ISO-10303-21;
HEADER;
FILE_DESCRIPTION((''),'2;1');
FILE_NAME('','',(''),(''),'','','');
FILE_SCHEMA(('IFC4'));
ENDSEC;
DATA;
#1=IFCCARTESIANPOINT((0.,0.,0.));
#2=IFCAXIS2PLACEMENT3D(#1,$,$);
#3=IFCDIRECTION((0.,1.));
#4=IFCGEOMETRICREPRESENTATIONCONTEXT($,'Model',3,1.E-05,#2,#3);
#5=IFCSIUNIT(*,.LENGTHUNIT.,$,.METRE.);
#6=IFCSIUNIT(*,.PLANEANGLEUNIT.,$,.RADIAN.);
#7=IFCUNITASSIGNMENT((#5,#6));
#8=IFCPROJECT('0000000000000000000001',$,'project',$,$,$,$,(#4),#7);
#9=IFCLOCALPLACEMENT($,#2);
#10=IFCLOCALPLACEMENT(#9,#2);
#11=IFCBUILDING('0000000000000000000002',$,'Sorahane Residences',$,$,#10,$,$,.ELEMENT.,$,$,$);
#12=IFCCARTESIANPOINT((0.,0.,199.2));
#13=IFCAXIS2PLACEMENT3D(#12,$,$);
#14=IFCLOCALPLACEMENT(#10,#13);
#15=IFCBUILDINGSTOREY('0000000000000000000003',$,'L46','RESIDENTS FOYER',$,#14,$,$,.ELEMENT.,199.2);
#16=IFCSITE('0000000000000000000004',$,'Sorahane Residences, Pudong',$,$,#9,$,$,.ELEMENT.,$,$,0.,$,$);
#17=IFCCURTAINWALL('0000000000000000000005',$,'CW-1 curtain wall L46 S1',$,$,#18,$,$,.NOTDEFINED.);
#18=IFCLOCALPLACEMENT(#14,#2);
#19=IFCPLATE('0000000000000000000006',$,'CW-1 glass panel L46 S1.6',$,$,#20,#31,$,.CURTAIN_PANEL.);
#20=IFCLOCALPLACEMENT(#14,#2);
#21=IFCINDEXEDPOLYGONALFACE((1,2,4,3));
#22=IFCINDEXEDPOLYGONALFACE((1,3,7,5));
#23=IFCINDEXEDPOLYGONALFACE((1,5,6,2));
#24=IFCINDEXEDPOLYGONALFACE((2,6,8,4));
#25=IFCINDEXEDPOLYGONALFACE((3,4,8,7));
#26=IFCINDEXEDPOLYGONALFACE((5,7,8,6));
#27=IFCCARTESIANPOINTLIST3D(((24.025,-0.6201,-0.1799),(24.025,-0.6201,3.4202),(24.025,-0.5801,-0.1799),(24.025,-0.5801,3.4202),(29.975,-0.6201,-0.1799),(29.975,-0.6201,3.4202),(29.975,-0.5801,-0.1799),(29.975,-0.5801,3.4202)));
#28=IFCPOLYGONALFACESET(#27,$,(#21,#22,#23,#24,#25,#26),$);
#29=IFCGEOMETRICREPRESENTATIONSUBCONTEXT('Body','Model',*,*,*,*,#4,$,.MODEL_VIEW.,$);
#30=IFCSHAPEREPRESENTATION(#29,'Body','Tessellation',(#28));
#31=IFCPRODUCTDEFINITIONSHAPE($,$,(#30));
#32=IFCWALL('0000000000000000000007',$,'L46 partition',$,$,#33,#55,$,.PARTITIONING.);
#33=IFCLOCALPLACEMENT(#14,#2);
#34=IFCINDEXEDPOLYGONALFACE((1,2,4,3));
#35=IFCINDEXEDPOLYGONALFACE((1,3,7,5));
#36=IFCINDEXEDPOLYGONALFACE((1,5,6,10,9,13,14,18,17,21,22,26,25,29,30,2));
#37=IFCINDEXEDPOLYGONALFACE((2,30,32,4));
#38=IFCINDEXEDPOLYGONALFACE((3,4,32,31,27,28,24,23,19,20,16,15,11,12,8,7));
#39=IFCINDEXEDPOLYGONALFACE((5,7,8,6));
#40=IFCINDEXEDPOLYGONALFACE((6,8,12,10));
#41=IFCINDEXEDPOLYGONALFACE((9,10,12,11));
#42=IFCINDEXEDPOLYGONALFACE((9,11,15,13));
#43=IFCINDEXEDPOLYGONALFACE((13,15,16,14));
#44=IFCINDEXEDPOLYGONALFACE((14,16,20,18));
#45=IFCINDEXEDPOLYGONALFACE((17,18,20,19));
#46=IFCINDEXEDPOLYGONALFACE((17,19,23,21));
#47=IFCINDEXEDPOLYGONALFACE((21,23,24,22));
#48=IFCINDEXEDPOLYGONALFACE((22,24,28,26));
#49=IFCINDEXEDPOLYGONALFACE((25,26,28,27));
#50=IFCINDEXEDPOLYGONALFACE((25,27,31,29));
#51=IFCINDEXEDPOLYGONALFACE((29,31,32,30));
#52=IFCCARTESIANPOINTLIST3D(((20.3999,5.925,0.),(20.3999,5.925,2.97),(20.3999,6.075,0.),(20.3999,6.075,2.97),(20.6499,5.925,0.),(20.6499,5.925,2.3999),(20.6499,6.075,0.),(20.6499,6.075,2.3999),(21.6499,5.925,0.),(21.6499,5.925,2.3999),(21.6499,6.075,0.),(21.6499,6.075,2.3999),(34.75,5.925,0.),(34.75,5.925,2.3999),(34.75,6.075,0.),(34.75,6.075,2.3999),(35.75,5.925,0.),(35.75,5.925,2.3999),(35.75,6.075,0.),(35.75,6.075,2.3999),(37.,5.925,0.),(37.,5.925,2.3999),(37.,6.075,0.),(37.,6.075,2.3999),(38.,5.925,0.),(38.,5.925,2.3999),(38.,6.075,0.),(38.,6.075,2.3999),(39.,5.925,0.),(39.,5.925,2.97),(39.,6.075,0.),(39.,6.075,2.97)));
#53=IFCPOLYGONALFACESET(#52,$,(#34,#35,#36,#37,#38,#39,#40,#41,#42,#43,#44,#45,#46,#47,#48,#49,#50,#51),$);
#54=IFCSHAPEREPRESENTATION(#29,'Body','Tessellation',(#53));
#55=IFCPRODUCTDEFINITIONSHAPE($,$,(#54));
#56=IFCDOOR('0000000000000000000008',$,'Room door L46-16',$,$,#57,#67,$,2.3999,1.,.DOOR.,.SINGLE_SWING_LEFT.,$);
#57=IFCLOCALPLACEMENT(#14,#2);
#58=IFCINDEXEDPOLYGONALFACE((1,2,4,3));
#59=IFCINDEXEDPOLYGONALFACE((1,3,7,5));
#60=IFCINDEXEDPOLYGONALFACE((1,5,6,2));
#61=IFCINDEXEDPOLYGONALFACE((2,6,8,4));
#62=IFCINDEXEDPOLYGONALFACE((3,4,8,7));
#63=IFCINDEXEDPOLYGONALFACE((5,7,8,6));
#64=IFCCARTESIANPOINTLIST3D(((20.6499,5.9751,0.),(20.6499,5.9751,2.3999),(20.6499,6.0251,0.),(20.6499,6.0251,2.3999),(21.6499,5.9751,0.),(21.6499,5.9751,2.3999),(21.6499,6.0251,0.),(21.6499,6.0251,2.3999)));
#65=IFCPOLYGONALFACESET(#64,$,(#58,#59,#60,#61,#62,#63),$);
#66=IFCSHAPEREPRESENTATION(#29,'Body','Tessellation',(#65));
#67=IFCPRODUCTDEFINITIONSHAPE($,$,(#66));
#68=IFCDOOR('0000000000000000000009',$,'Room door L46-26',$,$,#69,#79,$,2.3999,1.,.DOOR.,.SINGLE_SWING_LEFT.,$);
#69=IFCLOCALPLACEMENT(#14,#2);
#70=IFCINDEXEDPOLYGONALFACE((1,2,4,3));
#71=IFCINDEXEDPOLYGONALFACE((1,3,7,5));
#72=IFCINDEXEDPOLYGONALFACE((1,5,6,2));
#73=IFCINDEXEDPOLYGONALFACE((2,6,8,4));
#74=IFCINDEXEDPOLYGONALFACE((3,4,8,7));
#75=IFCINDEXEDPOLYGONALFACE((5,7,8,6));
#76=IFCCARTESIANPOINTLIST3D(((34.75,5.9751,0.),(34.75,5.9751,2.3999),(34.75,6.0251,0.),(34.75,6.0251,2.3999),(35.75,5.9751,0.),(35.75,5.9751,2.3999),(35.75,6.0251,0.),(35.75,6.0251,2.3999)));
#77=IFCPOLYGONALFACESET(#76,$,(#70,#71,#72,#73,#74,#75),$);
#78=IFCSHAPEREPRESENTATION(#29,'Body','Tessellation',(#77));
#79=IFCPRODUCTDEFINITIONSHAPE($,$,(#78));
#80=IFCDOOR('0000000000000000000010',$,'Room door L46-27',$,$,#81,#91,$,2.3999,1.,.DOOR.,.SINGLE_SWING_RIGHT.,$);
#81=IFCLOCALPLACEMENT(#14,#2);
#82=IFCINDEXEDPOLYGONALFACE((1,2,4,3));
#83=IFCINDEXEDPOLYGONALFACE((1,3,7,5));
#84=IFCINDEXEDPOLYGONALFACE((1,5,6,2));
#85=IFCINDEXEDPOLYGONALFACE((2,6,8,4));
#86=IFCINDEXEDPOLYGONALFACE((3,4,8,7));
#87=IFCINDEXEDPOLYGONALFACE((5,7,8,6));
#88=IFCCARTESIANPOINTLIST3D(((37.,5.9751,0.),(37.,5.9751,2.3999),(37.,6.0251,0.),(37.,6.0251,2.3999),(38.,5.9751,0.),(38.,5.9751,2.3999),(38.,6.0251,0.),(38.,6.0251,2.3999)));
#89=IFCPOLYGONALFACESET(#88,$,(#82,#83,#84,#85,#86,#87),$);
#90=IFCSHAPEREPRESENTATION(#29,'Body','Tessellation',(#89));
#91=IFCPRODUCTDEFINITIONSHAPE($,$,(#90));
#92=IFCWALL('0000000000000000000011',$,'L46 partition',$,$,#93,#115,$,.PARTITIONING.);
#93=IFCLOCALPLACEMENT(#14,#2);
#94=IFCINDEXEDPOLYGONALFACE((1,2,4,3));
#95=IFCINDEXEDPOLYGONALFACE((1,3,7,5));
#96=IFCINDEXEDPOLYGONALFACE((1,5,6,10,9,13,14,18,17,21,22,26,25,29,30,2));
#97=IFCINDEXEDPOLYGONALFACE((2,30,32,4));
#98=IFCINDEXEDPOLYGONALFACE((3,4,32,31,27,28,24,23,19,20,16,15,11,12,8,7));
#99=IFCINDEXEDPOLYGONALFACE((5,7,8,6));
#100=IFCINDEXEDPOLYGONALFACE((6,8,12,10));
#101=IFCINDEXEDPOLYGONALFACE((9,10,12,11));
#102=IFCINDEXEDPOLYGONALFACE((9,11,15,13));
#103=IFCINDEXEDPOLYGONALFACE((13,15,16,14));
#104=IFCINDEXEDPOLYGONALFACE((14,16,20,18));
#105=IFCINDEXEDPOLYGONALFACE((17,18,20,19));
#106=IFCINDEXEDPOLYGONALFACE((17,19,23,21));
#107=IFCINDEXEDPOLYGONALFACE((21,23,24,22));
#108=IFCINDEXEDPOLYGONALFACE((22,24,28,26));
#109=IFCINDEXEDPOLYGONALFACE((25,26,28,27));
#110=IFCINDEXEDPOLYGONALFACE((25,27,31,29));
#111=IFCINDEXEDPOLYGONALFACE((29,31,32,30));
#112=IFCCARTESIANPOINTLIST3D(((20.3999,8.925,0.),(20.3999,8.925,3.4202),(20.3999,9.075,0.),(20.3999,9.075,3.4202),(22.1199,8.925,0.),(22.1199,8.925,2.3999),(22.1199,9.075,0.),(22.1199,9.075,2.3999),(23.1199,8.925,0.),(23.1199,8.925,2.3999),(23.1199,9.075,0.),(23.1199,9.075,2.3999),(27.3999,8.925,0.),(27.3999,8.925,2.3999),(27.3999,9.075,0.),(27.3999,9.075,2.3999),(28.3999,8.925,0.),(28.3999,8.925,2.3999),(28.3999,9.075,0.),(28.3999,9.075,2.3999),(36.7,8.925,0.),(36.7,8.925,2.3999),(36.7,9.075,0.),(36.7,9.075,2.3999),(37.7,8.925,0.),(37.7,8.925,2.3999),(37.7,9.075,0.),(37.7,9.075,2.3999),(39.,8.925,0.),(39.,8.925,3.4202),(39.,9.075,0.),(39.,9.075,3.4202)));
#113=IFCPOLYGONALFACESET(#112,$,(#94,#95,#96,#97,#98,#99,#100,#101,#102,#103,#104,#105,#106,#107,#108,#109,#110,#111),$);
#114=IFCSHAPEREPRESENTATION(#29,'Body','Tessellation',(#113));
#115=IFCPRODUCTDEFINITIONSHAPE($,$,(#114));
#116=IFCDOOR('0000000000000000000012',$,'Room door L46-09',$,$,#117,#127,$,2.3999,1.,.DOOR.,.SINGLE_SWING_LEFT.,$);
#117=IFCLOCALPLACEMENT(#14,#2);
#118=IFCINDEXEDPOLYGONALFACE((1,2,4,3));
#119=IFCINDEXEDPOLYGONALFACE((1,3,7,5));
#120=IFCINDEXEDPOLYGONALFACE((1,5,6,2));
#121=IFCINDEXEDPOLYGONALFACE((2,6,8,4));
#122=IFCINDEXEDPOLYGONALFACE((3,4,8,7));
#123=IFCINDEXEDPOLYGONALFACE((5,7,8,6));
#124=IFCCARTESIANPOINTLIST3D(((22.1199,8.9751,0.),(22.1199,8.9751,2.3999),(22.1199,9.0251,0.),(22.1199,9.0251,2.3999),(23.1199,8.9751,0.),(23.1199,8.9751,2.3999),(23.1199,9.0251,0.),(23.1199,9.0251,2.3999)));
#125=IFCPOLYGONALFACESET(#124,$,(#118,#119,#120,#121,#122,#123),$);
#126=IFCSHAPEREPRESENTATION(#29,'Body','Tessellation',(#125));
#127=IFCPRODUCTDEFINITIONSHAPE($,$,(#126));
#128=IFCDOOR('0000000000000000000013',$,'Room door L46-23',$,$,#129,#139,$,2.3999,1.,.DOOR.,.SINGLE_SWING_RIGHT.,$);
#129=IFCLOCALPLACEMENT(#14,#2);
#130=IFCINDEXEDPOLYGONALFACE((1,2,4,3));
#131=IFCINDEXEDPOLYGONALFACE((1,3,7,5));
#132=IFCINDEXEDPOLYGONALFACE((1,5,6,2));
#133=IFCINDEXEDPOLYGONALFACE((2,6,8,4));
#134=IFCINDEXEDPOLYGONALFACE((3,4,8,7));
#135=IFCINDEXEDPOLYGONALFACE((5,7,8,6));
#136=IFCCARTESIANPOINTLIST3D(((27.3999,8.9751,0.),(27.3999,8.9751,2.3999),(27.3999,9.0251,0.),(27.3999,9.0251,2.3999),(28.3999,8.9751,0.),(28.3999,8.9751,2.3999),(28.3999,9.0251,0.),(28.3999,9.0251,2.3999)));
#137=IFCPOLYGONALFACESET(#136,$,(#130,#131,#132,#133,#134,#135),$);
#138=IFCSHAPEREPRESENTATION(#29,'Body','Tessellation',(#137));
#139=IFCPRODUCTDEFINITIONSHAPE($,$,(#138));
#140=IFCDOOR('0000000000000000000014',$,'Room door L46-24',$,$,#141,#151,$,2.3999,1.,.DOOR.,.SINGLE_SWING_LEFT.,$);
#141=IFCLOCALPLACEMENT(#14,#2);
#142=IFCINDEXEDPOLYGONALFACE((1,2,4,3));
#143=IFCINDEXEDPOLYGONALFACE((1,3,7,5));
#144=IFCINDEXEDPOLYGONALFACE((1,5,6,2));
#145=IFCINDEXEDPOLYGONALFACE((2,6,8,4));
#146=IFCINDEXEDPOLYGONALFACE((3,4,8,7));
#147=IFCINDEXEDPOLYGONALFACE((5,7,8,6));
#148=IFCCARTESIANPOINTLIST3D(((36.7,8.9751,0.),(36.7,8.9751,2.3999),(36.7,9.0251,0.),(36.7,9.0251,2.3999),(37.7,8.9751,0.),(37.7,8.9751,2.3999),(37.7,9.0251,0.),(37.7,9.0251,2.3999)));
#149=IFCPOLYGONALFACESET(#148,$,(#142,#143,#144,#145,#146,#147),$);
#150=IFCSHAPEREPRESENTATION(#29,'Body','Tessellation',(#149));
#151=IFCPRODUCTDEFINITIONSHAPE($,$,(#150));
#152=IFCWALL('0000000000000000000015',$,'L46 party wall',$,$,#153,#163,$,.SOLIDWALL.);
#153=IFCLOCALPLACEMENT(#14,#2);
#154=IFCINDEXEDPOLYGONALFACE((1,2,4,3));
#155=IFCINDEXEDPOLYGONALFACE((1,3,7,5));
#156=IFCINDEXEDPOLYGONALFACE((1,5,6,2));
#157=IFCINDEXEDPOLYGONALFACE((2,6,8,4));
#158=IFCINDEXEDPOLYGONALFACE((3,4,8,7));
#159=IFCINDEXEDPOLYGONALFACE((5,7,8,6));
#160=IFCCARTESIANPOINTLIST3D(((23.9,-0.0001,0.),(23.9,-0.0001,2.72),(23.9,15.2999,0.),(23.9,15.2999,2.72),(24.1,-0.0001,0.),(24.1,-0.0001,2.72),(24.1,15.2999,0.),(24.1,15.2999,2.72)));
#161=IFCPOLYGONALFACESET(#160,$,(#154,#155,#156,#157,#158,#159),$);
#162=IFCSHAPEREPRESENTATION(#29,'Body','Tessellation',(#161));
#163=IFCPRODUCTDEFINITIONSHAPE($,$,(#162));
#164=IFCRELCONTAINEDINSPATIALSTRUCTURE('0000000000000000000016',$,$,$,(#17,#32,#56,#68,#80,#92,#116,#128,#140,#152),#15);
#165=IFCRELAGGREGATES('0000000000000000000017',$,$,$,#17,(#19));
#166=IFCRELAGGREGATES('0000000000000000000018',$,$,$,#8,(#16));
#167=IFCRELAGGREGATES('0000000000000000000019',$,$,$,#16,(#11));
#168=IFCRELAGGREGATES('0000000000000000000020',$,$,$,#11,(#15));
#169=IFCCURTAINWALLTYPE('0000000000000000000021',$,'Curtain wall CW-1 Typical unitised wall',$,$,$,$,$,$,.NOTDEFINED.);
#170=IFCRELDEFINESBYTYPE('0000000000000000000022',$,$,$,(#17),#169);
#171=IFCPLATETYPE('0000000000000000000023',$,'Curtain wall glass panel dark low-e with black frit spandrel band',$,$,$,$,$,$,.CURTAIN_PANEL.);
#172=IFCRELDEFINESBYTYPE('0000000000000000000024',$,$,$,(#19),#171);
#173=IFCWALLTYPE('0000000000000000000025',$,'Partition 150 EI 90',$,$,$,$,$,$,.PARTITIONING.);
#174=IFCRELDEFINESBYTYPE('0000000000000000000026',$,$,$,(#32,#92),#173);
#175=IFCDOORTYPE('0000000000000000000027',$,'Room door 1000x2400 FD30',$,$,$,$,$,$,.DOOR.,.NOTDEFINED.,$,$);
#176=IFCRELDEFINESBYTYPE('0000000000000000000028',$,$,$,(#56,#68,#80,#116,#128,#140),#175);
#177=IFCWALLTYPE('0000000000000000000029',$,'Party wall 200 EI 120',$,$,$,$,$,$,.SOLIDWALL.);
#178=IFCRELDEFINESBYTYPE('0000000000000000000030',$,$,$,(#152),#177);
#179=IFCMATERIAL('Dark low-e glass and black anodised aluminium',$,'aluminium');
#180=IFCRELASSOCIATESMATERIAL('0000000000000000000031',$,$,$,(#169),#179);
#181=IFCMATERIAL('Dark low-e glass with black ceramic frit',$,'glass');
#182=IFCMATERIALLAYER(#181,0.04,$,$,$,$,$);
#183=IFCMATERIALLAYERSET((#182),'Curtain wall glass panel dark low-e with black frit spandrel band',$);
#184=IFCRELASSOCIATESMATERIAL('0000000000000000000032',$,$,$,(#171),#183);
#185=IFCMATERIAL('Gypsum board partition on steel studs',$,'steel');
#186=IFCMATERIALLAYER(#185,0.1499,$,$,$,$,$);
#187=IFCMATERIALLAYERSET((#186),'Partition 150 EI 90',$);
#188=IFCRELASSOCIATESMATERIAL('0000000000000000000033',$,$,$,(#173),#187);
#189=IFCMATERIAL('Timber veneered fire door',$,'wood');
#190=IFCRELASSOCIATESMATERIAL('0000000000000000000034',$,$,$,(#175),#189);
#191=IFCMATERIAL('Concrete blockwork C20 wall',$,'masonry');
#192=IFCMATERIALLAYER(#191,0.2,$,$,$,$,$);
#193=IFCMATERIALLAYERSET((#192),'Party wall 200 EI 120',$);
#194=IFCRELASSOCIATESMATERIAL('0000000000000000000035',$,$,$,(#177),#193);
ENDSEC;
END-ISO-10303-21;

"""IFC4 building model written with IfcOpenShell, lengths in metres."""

from ifc_helpers import new_model, si_unit, direction, frame, frame_2d, origin, origin_2d, place, context, subcontext, project, spatial, rectangle, extrude, material, layer, layer_set, type_object, element, fill, aggregate, save


model = new_model("IFC4")

# Units and contexts
model_context = context("Model", 3, precision=1e-05, world=origin(), true_north=direction((0.0, 1.0)))
body_context = subcontext(model_context, "Body", "Model", "MODEL_VIEW")
ifc_project = project(units=[si_unit("LENGTHUNIT", "METRE"), si_unit("PLANEANGLEUNIT", "RADIAN")], contexts=[model_context])

# Site, building, storey
site_placement = place(None, origin())
site = spatial("IfcSite", under=ifc_project, at=site_placement, Name="Sorahane Residences, Pudong", CompositionType="ELEMENT", RefElevation=0.0)
building_placement = place(site_placement, origin())
building = spatial("IfcBuilding", under=site, at=building_placement, Name="Sorahane Residences", CompositionType="ELEMENT")
storey_placement = place(building_placement, frame((0.0, 0.0, 199.2)))
storey = spatial("IfcBuildingStorey", under=building, at=storey_placement, Name="L46", Description="RESIDENTS FOYER", CompositionType="ELEMENT", Elevation=199.2)

# Curtain wall
ifc_material_1 = material(Name="Dark low-e glass and black anodised aluminium", Category="aluminium")
curtain_wall_type = type_object("IfcCurtainWallType", Name="Curtain wall CW-1 Typical unitised wall", PredefinedType="NOTDEFINED", material=ifc_material_1)
curtain_wall_placement = place(storey_placement, origin())
curtain_wall = element("IfcCurtainWall", 1, at=curtain_wall_placement, inside=storey, type_object=curtain_wall_type, Name="CW-1 curtain wall L46 S1", PredefinedType="NOTDEFINED")

# Plate
ifc_material_2 = material(Name="Dark low-e glass with black ceramic frit", Category="glass")
ifc_layer_1 = layer(ifc_material_2, 0.04)
ifc_layer_set_1 = layer_set([ifc_layer_1], Name="Curtain wall glass panel dark low-e with black frit spandrel band")
plate_type = type_object("IfcPlateType", Name="Curtain wall glass panel dark low-e with black frit spandrel band", PredefinedType="CURTAIN_PANEL", material=ifc_layer_set_1)
plate_1_placement = place(storey_placement, frame((27.0, -0.6001, -0.1799), z_axis=(0.0, 0.0, 1.0), x_axis=(1.0, 0.0, 0.0)))
plate_1 = element("IfcPlate", 2, at=plate_1_placement, type_object=plate_type, Name="CW-1 glass panel L46 S1.6", PredefinedType="CURTAIN_PANEL", context=body_context, shape_type="SweptSolid", body=[
    extrude(rectangle(XDim=5.95, YDim=0.04, at=origin_2d()), origin(), (0.0, 0.0, 1.0), 3.6001),
])
aggregate(curtain_wall, [plate_1])

# Walls, openings, doors
ifc_material_3 = material(Name="Gypsum board partition on steel studs", Category="steel")
ifc_layer_2 = layer(ifc_material_3, 0.1499)
ifc_layer_set_2 = layer_set([ifc_layer_2], Name="Partition 150 EI 90")
wall_type_1 = type_object("IfcWallType", Name="Partition 150 EI 90", PredefinedType="PARTITIONING", material=ifc_layer_set_2)
wall_1_placement = place(storey_placement, frame((20.3999, 6.0, 0.0), z_axis=(0.0, 0.0, 1.0), x_axis=(1.0, 0.0, 0.0)))
wall_1 = element("IfcWall", 3, at=wall_1_placement, inside=storey, type_object=wall_type_1, Name="L46 partition", PredefinedType="PARTITIONING", context=body_context, shape_type="SweptSolid", body=[
    extrude(rectangle(XDim=18.6001, YDim=0.1499, at=frame_2d((9.3, 0.0))), origin(), (0.0, 0.0, 1.0), 2.97),
])
opening_1_placement = place(wall_1_placement, frame((0.25, 0.0, 0.0)))
opening_1 = element("IfcOpeningElement", 4, at=opening_1_placement, cuts=wall_1, PredefinedType="OPENING", context=body_context, shape_type="SweptSolid", body=[
    extrude(rectangle(XDim=1.0, YDim=2.3999, at=frame_2d((0.5, 1.2))), frame((0.0, 0.085, 0.0), z_axis=(0.0, -1.0, 0.0), x_axis=(1.0, 0.0, 0.0)), (0.0, 0.0, 1.0), 0.1699),
])
opening_2_placement = place(wall_1_placement, frame((14.3501, 0.0, 0.0)))
opening_2 = element("IfcOpeningElement", 5, at=opening_2_placement, cuts=wall_1, PredefinedType="OPENING", context=body_context, shape_type="SweptSolid", body=[
    extrude(rectangle(XDim=1.0, YDim=2.3999, at=frame_2d((0.5, 1.2))), frame((0.0, 0.085, 0.0), z_axis=(0.0, -1.0, 0.0), x_axis=(1.0, 0.0, 0.0)), (0.0, 0.0, 1.0), 0.1699),
])
opening_3_placement = place(wall_1_placement, frame((16.6001, 0.0, 0.0)))
opening_3 = element("IfcOpeningElement", 6, at=opening_3_placement, cuts=wall_1, PredefinedType="OPENING", context=body_context, shape_type="SweptSolid", body=[
    extrude(rectangle(XDim=1.0, YDim=2.3999, at=frame_2d((0.5, 1.2))), frame((0.0, 0.085, 0.0), z_axis=(0.0, -1.0, 0.0), x_axis=(1.0, 0.0, 0.0)), (0.0, 0.0, 1.0), 0.1699),
])
ifc_material_4 = material(Name="Timber veneered fire door", Category="wood")
door_type = type_object("IfcDoorType", Name="Room door 1000x2400 FD30", OperationType="NOTDEFINED", PredefinedType="DOOR", material=ifc_material_4)
door_1_placement = place(opening_1_placement, frame((1.0, 0.0, 0.0), z_axis=(0.0, 0.0, 1.0), x_axis=(-1.0, 0.0, 0.0)))
door_1 = element("IfcDoor", 7, at=door_1_placement, inside=storey, type_object=door_type, Name="Room door L46-16", OperationType="SINGLE_SWING_LEFT", OverallHeight=2.3999, OverallWidth=1.0, PredefinedType="DOOR", context=body_context, shape_type="SweptSolid", body=[
    extrude(rectangle(XDim=1.0, YDim=2.3999, at=frame_2d((0.5, 1.2))), frame((0.0, 0.0249, 0.0), z_axis=(0.0, -1.0, 0.0), x_axis=(1.0, 0.0, 0.0)), (0.0, 0.0, 1.0), 0.05),
])
fill(opening_1, door_1)
door_2_placement = place(opening_2_placement, frame((1.0, 0.0, 0.0), z_axis=(0.0, 0.0, 1.0), x_axis=(-1.0, 0.0, 0.0)))
door_2 = element("IfcDoor", 8, at=door_2_placement, inside=storey, type_object=door_type, Name="Room door L46-26", OperationType="SINGLE_SWING_LEFT", OverallHeight=2.3999, OverallWidth=1.0, PredefinedType="DOOR", context=body_context, shape_type="SweptSolid", body=[
    extrude(rectangle(XDim=1.0, YDim=2.3999, at=frame_2d((0.5, 1.2))), frame((0.0, 0.0249, 0.0), z_axis=(0.0, -1.0, 0.0), x_axis=(1.0, 0.0, 0.0)), (0.0, 0.0, 1.0), 0.05),
])
fill(opening_2, door_2)
door_3_placement = place(opening_3_placement, frame((1.0, 0.0, 0.0), z_axis=(0.0, 0.0, 1.0), x_axis=(-1.0, 0.0, 0.0)))
door_3 = element("IfcDoor", 9, at=door_3_placement, inside=storey, type_object=door_type, Name="Room door L46-27", OperationType="SINGLE_SWING_RIGHT", OverallHeight=2.3999, OverallWidth=1.0, PredefinedType="DOOR", context=body_context, shape_type="SweptSolid", body=[
    extrude(rectangle(XDim=1.0, YDim=2.3999, at=frame_2d((0.5, 1.2))), frame((0.0, 0.0249, 0.0), z_axis=(0.0, -1.0, 0.0), x_axis=(1.0, 0.0, 0.0)), (0.0, 0.0, 1.0), 0.05),
])
fill(opening_3, door_3)
wall_2_placement = place(storey_placement, frame((20.3999, 9.0, 0.0), z_axis=(0.0, 0.0, 1.0), x_axis=(1.0, 0.0, 0.0)))
wall_2 = element("IfcWall", 10, at=wall_2_placement, inside=storey, type_object=wall_type_1, Name="L46 partition", PredefinedType="PARTITIONING", context=body_context, shape_type="SweptSolid", body=[
    extrude(rectangle(XDim=18.6001, YDim=0.1499, at=frame_2d((9.3, 0.0))), origin(), (0.0, 0.0, 1.0), 3.4202),
])
opening_4_placement = place(wall_2_placement, frame((1.72, 0.0, 0.0)))
opening_4 = element("IfcOpeningElement", 11, at=opening_4_placement, cuts=wall_2, PredefinedType="OPENING", context=body_context, shape_type="SweptSolid", body=[
    extrude(rectangle(XDim=1.0, YDim=2.3999, at=frame_2d((0.5, 1.2))), frame((0.0, 0.085, 0.0), z_axis=(0.0, -1.0, 0.0), x_axis=(1.0, 0.0, 0.0)), (0.0, 0.0, 1.0), 0.1699),
])
opening_5_placement = place(wall_2_placement, frame((7.0, 0.0, 0.0)))
opening_5 = element("IfcOpeningElement", 12, at=opening_5_placement, cuts=wall_2, PredefinedType="OPENING", context=body_context, shape_type="SweptSolid", body=[
    extrude(rectangle(XDim=1.0, YDim=2.3999, at=frame_2d((0.5, 1.2))), frame((0.0, 0.085, 0.0), z_axis=(0.0, -1.0, 0.0), x_axis=(1.0, 0.0, 0.0)), (0.0, 0.0, 1.0), 0.1699),
])
opening_6_placement = place(wall_2_placement, frame((16.3, 0.0, 0.0)))
opening_6 = element("IfcOpeningElement", 13, at=opening_6_placement, cuts=wall_2, PredefinedType="OPENING", context=body_context, shape_type="SweptSolid", body=[
    extrude(rectangle(XDim=1.0, YDim=2.3999, at=frame_2d((0.5, 1.2))), frame((0.0, 0.085, 0.0), z_axis=(0.0, -1.0, 0.0), x_axis=(1.0, 0.0, 0.0)), (0.0, 0.0, 1.0), 0.1699),
])
door_4_placement = place(opening_4_placement, frame((1.0, 0.0, 0.0), z_axis=(0.0, 0.0, 1.0), x_axis=(-1.0, 0.0, 0.0)))
door_4 = element("IfcDoor", 14, at=door_4_placement, inside=storey, type_object=door_type, Name="Room door L46-09", OperationType="SINGLE_SWING_LEFT", OverallHeight=2.3999, OverallWidth=1.0, PredefinedType="DOOR", context=body_context, shape_type="SweptSolid", body=[
    extrude(rectangle(XDim=1.0, YDim=2.3999, at=frame_2d((0.5, 1.2))), frame((0.0, 0.0249, 0.0), z_axis=(0.0, -1.0, 0.0), x_axis=(1.0, 0.0, 0.0)), (0.0, 0.0, 1.0), 0.05),
])
fill(opening_4, door_4)
door_5_placement = place(opening_5_placement, frame((1.0, 0.0, 0.0), z_axis=(0.0, 0.0, 1.0), x_axis=(-1.0, 0.0, 0.0)))
door_5 = element("IfcDoor", 15, at=door_5_placement, inside=storey, type_object=door_type, Name="Room door L46-23", OperationType="SINGLE_SWING_RIGHT", OverallHeight=2.3999, OverallWidth=1.0, PredefinedType="DOOR", context=body_context, shape_type="SweptSolid", body=[
    extrude(rectangle(XDim=1.0, YDim=2.3999, at=frame_2d((0.5, 1.2))), frame((0.0, 0.0249, 0.0), z_axis=(0.0, -1.0, 0.0), x_axis=(1.0, 0.0, 0.0)), (0.0, 0.0, 1.0), 0.05),
])
fill(opening_5, door_5)
door_6_placement = place(opening_6_placement, frame((1.0, 0.0, 0.0), z_axis=(0.0, 0.0, 1.0), x_axis=(-1.0, 0.0, 0.0)))
door_6 = element("IfcDoor", 16, at=door_6_placement, inside=storey, type_object=door_type, Name="Room door L46-24", OperationType="SINGLE_SWING_LEFT", OverallHeight=2.3999, OverallWidth=1.0, PredefinedType="DOOR", context=body_context, shape_type="SweptSolid", body=[
    extrude(rectangle(XDim=1.0, YDim=2.3999, at=frame_2d((0.5, 1.2))), frame((0.0, 0.0249, 0.0), z_axis=(0.0, -1.0, 0.0), x_axis=(1.0, 0.0, 0.0)), (0.0, 0.0, 1.0), 0.05),
])
fill(opening_6, door_6)

# Wall
ifc_material_5 = material(Name="Concrete blockwork C20 wall", Category="masonry")
ifc_layer_3 = layer(ifc_material_5, 0.2)
ifc_layer_set_3 = layer_set([ifc_layer_3], Name="Party wall 200 EI 120")
wall_type_2 = type_object("IfcWallType", Name="Party wall 200 EI 120", PredefinedType="SOLIDWALL", material=ifc_layer_set_3)
wall_3_placement = place(storey_placement, frame((24.0, 0.0, 0.0), z_axis=(0.0, 0.0, 1.0), x_axis=(0.0, 1.0, 0.0)))
element("IfcWall", 17, at=wall_3_placement, inside=storey, type_object=wall_type_2, Name="L46 party wall", PredefinedType="SOLIDWALL", context=body_context, shape_type="SweptSolid", body=[
    extrude(rectangle(XDim=15.3, YDim=0.2, at=frame_2d((7.6499, 0.0))), origin(), (0.0, 0.0, 1.0), 2.72),
])

save(model, "model.ifc")
